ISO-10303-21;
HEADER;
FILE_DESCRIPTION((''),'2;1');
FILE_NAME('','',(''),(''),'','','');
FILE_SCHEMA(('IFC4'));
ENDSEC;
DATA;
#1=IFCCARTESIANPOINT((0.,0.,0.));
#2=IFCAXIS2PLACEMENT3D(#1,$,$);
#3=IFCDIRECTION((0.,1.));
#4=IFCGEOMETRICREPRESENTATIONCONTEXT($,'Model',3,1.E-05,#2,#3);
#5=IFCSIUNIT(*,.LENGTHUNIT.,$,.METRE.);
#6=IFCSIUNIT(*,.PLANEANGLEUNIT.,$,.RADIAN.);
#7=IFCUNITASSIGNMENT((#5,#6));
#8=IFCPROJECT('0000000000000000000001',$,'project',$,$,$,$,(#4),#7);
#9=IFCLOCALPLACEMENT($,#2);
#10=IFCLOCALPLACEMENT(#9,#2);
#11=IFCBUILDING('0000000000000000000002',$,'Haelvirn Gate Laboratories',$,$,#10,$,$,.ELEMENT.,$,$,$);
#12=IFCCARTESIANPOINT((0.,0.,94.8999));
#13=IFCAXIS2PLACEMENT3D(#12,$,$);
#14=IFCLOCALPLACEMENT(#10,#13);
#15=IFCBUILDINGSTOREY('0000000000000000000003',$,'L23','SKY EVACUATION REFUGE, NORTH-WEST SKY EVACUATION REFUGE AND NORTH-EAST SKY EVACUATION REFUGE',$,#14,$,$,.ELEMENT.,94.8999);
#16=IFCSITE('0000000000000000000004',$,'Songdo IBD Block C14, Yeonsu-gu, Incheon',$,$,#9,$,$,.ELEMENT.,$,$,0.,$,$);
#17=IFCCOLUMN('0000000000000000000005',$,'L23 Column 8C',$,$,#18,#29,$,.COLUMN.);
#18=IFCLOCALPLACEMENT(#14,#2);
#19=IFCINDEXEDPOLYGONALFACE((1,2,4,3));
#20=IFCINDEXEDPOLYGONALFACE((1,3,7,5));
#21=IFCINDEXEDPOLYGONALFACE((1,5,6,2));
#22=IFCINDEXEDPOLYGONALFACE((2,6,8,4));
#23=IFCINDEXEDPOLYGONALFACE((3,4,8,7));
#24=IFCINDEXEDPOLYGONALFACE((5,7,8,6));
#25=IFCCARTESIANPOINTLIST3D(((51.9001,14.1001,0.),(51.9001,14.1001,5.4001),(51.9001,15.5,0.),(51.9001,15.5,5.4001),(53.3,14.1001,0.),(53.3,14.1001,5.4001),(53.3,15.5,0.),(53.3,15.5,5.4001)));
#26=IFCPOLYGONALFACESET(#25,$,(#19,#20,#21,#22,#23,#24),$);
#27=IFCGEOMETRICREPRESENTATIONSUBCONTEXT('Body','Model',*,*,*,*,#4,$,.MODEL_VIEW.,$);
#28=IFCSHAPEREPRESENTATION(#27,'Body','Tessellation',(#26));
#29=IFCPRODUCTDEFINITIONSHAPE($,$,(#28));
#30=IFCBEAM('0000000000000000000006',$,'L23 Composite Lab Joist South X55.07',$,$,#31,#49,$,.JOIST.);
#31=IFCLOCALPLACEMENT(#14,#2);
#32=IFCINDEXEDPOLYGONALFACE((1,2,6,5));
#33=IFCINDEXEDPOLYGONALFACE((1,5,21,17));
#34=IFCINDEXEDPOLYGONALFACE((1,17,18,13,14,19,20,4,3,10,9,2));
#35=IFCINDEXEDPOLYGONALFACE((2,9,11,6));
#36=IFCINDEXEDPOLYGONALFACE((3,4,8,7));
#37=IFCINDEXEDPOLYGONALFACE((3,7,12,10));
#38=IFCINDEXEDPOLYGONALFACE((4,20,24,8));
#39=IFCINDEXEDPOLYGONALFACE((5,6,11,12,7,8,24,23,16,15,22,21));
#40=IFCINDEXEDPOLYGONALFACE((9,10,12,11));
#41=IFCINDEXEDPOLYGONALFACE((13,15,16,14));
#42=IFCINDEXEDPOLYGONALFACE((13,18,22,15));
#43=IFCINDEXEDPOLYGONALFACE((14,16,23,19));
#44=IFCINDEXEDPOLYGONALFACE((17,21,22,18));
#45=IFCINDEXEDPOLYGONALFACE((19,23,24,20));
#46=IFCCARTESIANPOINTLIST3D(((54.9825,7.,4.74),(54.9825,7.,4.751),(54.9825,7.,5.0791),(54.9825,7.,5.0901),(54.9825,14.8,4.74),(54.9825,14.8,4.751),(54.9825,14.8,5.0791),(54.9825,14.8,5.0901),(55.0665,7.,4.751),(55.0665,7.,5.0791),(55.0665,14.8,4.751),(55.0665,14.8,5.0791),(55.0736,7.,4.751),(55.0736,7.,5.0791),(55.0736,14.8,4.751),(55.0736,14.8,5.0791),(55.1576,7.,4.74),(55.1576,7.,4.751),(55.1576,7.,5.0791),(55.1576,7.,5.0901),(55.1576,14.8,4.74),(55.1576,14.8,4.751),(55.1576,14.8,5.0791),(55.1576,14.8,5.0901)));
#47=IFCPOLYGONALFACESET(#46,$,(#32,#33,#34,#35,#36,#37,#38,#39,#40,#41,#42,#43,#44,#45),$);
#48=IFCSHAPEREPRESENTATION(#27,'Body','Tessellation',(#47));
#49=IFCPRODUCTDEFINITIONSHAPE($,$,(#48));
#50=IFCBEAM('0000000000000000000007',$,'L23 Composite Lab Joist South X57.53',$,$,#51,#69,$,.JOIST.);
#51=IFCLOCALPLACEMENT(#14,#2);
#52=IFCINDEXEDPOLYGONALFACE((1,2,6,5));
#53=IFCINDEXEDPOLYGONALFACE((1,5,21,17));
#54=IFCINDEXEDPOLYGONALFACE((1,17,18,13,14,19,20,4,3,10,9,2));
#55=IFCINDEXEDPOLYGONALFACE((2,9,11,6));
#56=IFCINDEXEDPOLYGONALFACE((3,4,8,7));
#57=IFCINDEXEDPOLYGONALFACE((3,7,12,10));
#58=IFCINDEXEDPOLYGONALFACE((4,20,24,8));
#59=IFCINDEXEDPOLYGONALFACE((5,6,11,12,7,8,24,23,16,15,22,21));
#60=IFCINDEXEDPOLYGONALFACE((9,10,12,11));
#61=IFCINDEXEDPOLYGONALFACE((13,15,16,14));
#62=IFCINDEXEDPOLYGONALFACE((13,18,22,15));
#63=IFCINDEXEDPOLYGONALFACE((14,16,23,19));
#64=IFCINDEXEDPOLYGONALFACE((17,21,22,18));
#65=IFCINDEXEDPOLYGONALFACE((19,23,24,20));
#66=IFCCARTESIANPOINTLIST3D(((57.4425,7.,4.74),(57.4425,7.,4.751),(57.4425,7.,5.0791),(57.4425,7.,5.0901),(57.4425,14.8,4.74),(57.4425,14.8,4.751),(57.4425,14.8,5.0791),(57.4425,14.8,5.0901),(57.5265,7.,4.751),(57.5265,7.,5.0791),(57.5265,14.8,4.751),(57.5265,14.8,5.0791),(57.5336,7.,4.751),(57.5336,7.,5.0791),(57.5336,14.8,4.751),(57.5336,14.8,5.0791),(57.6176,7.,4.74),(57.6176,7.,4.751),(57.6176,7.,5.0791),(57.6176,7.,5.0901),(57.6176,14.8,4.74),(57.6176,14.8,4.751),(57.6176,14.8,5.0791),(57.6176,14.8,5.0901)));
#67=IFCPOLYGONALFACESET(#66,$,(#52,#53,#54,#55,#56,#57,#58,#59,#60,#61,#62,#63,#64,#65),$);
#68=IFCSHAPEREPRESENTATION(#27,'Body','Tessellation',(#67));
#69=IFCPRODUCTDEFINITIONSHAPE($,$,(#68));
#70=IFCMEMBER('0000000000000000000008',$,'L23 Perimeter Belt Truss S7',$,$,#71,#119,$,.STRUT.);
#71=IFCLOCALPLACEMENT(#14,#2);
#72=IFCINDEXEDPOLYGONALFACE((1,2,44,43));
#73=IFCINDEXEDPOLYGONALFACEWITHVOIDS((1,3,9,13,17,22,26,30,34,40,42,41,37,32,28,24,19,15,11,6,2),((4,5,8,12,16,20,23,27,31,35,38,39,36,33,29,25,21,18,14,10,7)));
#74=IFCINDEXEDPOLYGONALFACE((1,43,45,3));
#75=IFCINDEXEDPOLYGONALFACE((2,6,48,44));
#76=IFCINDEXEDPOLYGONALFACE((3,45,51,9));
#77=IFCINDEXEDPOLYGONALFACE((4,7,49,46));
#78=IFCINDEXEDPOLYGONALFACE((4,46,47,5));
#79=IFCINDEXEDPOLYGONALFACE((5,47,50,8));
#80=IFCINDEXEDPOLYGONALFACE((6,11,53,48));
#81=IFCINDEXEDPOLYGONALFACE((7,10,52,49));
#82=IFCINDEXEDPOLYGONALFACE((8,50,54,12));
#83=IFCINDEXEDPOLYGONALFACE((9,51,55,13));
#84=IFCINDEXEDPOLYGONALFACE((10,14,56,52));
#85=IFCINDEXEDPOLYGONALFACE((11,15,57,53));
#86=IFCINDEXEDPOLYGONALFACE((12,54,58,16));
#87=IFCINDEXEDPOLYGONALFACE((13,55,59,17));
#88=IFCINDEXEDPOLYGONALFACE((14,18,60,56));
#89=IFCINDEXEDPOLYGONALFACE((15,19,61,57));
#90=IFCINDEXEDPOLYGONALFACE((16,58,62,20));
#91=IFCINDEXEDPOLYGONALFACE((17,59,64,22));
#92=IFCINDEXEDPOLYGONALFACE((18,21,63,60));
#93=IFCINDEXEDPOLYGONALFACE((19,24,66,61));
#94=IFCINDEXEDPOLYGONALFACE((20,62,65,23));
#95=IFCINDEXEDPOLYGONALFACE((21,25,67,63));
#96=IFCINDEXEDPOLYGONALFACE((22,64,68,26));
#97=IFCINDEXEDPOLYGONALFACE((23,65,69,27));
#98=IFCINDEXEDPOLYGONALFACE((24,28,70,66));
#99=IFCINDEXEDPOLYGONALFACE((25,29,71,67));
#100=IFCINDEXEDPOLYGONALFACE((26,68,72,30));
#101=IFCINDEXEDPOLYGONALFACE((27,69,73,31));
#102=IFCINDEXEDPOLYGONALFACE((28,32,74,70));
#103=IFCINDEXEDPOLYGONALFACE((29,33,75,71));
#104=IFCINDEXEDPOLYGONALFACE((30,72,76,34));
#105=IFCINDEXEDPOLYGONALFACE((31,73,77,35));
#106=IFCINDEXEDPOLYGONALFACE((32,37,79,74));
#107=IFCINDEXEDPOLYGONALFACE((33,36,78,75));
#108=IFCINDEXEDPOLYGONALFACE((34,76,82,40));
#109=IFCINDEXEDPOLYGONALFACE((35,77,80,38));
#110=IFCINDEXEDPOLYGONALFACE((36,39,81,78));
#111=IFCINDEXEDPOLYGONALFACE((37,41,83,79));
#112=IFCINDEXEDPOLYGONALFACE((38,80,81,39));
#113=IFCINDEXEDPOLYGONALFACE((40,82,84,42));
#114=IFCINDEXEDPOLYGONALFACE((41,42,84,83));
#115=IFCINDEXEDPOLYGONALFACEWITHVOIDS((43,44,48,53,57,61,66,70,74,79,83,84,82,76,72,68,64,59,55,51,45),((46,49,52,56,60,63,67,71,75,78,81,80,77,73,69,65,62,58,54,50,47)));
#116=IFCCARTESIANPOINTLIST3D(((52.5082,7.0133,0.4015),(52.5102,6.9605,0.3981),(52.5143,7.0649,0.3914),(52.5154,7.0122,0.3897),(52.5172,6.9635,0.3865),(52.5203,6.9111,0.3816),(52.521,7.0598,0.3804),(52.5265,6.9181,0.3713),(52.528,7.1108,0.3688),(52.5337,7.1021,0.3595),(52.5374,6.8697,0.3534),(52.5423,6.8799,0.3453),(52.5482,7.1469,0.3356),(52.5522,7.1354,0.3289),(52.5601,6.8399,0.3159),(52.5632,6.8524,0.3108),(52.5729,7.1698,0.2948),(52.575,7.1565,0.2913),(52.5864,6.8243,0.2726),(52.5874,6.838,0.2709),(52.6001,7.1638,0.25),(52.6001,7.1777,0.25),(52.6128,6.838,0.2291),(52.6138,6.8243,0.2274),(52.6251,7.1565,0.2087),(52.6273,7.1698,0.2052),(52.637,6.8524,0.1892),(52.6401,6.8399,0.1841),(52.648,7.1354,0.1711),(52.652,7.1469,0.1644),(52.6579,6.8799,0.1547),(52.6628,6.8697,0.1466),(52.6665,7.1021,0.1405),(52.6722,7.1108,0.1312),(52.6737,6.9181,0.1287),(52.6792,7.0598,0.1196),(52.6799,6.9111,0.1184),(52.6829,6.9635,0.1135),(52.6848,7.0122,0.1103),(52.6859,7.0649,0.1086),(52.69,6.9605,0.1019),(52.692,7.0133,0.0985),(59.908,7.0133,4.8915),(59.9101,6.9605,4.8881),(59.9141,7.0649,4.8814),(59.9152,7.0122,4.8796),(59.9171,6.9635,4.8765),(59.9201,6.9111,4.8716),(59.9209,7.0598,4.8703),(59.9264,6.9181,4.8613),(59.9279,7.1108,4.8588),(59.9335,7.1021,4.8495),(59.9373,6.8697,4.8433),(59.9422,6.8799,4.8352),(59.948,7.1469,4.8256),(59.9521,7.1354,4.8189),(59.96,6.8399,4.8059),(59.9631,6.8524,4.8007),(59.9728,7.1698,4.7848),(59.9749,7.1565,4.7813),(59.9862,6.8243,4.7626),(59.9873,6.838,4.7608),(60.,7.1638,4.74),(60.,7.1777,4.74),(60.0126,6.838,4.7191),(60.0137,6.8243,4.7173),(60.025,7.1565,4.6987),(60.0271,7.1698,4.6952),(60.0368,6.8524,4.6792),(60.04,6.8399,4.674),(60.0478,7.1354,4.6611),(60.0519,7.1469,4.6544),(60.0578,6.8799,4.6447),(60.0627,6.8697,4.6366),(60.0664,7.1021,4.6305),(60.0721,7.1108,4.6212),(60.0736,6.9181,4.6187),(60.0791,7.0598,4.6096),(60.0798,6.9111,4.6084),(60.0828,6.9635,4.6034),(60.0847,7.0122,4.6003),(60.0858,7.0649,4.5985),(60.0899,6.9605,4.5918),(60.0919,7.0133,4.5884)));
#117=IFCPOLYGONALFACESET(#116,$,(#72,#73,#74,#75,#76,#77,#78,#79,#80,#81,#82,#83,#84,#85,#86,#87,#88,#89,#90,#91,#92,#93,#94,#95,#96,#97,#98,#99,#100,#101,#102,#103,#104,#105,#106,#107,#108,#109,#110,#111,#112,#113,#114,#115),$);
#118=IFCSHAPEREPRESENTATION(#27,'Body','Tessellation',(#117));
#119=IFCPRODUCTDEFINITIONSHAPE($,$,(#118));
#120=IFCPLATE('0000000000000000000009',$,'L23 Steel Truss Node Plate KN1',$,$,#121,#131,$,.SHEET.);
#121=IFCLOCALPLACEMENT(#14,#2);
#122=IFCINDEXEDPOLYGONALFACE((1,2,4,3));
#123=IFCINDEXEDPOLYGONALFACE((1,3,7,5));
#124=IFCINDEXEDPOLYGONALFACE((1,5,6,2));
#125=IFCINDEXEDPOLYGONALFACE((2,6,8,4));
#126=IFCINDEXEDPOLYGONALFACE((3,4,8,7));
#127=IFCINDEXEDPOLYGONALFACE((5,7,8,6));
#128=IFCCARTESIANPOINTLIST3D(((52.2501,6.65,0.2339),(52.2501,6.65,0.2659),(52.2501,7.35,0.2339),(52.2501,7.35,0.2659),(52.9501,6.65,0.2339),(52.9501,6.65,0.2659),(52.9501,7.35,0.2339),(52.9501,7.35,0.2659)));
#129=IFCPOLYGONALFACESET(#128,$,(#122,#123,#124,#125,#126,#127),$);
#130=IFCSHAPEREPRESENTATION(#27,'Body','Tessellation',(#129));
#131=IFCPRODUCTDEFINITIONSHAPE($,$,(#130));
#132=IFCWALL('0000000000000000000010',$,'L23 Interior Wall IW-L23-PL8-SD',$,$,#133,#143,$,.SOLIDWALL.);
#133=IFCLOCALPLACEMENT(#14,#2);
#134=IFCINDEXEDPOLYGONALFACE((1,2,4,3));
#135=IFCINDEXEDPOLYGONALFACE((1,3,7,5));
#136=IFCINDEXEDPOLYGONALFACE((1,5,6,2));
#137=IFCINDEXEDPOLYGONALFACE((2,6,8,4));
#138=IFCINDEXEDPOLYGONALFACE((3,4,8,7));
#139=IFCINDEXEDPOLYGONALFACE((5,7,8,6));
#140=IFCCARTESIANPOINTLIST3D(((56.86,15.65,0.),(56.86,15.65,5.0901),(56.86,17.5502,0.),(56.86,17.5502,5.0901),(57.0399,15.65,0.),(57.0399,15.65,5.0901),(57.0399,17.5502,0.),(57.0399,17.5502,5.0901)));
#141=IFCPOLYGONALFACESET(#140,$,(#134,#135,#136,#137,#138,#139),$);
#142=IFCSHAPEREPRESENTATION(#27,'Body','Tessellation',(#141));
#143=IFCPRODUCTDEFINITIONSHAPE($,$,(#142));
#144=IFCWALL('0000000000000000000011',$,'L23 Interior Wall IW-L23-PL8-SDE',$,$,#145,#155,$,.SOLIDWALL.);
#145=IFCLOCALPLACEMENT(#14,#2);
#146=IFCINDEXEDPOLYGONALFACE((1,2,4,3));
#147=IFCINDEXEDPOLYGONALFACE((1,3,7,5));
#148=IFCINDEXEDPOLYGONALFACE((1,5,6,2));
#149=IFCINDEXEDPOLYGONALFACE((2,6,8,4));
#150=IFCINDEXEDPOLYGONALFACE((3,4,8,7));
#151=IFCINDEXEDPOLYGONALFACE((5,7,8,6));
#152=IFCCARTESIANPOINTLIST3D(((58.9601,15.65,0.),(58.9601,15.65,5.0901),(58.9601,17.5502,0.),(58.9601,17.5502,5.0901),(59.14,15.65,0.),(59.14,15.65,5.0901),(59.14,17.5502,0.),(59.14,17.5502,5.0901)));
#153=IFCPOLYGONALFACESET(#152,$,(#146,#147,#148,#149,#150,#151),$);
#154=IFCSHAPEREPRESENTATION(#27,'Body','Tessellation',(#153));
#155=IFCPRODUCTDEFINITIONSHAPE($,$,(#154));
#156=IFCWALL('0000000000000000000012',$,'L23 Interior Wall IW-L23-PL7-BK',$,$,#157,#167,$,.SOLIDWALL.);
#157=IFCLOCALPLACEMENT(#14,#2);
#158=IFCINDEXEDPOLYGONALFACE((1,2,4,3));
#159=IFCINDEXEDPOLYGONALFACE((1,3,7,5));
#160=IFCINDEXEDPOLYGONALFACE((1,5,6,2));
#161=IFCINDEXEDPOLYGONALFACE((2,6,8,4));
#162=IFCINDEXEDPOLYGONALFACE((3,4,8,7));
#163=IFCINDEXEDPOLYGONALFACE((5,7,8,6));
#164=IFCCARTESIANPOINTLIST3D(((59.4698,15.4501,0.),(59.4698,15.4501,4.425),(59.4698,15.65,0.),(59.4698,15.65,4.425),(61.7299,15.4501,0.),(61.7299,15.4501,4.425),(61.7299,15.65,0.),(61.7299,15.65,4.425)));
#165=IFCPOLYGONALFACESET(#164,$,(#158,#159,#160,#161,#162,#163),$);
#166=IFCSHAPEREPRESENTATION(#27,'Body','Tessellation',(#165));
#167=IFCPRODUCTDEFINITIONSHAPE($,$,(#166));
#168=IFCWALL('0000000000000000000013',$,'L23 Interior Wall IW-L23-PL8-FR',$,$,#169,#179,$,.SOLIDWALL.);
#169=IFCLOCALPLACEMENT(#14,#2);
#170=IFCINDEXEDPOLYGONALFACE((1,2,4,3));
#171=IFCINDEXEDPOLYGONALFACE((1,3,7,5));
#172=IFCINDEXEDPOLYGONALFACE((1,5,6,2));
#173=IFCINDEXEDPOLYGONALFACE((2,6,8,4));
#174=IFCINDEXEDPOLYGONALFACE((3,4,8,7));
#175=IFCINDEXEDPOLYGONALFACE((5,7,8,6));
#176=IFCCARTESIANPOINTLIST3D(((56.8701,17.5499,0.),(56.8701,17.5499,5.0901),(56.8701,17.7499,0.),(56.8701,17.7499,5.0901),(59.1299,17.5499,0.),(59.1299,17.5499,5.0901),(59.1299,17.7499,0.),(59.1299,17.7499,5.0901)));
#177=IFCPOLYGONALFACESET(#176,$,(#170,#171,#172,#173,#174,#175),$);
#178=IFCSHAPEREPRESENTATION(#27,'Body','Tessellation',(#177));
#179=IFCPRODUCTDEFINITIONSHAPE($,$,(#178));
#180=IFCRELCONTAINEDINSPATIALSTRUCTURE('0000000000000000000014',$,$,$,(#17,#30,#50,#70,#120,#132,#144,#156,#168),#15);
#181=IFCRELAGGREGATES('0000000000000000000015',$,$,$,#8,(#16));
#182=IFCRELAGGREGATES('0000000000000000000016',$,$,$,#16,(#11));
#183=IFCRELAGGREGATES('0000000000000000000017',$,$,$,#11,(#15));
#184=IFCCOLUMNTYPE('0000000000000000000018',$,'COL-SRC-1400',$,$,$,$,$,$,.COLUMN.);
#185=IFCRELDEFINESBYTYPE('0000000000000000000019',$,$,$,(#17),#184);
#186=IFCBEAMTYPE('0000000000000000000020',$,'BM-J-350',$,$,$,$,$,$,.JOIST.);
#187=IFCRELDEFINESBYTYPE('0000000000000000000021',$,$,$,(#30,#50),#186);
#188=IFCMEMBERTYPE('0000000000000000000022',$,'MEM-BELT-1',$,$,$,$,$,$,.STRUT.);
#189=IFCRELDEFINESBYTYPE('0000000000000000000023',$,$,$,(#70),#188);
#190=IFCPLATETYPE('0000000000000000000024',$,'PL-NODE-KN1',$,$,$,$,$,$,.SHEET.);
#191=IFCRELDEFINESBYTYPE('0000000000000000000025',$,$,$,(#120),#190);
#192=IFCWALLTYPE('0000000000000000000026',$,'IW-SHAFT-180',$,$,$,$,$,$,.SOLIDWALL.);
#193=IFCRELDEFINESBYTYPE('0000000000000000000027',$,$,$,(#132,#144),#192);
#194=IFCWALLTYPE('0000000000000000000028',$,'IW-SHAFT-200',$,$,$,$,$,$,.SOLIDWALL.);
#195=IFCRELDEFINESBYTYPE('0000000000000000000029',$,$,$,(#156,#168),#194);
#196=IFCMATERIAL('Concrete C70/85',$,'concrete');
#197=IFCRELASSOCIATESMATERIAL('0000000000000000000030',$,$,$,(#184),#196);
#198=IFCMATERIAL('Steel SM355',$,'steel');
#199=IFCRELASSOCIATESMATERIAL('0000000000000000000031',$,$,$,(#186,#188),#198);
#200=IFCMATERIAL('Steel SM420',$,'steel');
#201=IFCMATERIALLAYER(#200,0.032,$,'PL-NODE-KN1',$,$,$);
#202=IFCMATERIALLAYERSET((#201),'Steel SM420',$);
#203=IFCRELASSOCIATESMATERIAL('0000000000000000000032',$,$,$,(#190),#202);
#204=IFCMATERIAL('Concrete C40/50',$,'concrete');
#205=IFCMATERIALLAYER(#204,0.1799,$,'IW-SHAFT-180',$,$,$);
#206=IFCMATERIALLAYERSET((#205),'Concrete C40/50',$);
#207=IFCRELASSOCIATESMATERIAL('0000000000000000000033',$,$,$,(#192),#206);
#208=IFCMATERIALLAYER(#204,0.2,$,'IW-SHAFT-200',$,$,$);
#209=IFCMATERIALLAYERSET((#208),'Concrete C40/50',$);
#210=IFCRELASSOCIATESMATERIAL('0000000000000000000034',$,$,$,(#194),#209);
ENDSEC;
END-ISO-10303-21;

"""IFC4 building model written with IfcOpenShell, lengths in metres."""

from ifc_helpers import new_model, si_unit, direction, frame, frame_2d, origin, origin_2d, place, context, subcontext, project, spatial, rectangle, hollow_circle, i_section, extrude, source, transform, mapped, material, layer, layer_set, material_profile, profile_set, type_object, type_shapes, element, save


model = new_model("IFC4")

# Units and contexts
model_context = context("Model", 3, precision=1e-05, world=origin(), true_north=direction((0.0, 1.0)))
body_context = subcontext(model_context, "Body", "Model", "MODEL_VIEW")
ifc_project = project(units=[si_unit("LENGTHUNIT", "METRE"), si_unit("PLANEANGLEUNIT", "RADIAN")], contexts=[model_context])

# Site, building, storey
site_placement = place(None, origin())
site = spatial("IfcSite", under=ifc_project, at=site_placement, Name="Songdo IBD Block C14, Yeonsu-gu, Incheon", CompositionType="ELEMENT", RefElevation=0.0)
building_placement = place(site_placement, origin())
building = spatial("IfcBuilding", under=site, at=building_placement, Name="Haelvirn Gate Laboratories", CompositionType="ELEMENT")
storey_placement = place(building_placement, frame((0.0, 0.0, 94.8999)))
storey = spatial("IfcBuildingStorey", under=building, at=storey_placement, Name="L23", Description="SKY EVACUATION REFUGE, NORTH-WEST SKY EVACUATION REFUGE AND NORTH-EAST SKY EVACUATION REFUGE", CompositionType="ELEMENT", Elevation=94.8999)

# Column
ifc_material_1 = material(Name="Concrete C70/85", Category="concrete")
ifc_material_profile_1 = material_profile(ifc_material_1, rectangle(XDim=1.3999, YDim=1.3999, at=origin_2d()), Name="SRC-1400x1400")
ifc_profile_set_1 = profile_set([ifc_material_profile_1], Name="Concrete C70/85")
column_type = type_object("IfcColumnType", Name="COL-SRC-1400", PredefinedType="COLUMN", material=ifc_profile_set_1)
shared_shape_1 = source(origin(), body_context, "Body", "SweptSolid", [
    extrude(rectangle(XDim=1.3999, YDim=1.3999, at=origin_2d()), origin(), (0.0, 0.0, 1.0), 5.4001),
])
type_shapes(column_type, [shared_shape_1])
column_placement = place(storey_placement, frame((52.6001, 14.8, 0.0), z_axis=(0.0, 0.0, 1.0), x_axis=(1.0, 0.0, 0.0)))
element("IfcColumn", 1, at=column_placement, inside=storey, type_object=column_type, Name="L23 Column 8C", PredefinedType="COLUMN", context=body_context, shape_type="MappedRepresentation", body=[
    mapped(shared_shape_1, transform((0.0, 0.0, 0.0), scale=1.0)),
])

# Beams
ifc_material_2 = material(Name="Steel SM355", Category="steel")
ifc_material_profile_2 = material_profile(ifc_material_2, i_section(OverallWidth=0.175, OverallDepth=0.3501, WebThickness=0.0071, FlangeThickness=0.011, at=origin_2d()), Name="H-350x175x7x11")
ifc_profile_set_2 = profile_set([ifc_material_profile_2], Name="Steel SM355")
beam_type = type_object("IfcBeamType", Name="BM-J-350", PredefinedType="JOIST", material=ifc_profile_set_2)
shared_shape_2 = source(origin(), body_context, "Body", "SweptSolid", [
    extrude(i_section(OverallWidth=0.175, OverallDepth=0.3501, WebThickness=0.0071, FlangeThickness=0.011, at=origin_2d()), origin(), (0.0, 0.0, 1.0), 7.8),
])
type_shapes(beam_type, [shared_shape_2])
for number, where, z_axis, x_axis, name in (
    (2, (55.0701, 7.0, 4.915), (0.0, 1.0, 0.0), (-1.0, 0.0, 0.0), "L23 Composite Lab Joist South X55.07"),
    (3, (57.53, 7.0, 4.915), (0.0, 1.0, 0.0), (-1.0, 0.0, 0.0), "L23 Composite Lab Joist South X57.53"),
):
    element("IfcBeam", number, at=place(storey_placement, frame(where, z_axis=z_axis, x_axis=x_axis)), inside=storey, type_object=beam_type, Name=name, PredefinedType="JOIST", context=body_context, shape_type="MappedRepresentation", body=[
        mapped(shared_shape_2, transform((0.0, 0.0, 0.0), scale=1.0)),
    ])

# Member
ifc_material_profile_3 = material_profile(ifc_material_2, hollow_circle(Radius=0.1777, WallThickness=0.0139, at=origin_2d()), Name="CHS-355x14")
ifc_profile_set_3 = profile_set([ifc_material_profile_3], Name="Steel SM355")
member_type = type_object("IfcMemberType", Name="MEM-BELT-1", PredefinedType="STRUT", material=ifc_profile_set_3)
shared_shape_3 = source(origin(), body_context, "Body", "SweptSolid", [
    extrude(hollow_circle(Radius=0.1777, WallThickness=0.0139, at=origin_2d()), origin(), (0.0, 0.0, 1.0), 8.6555),
])
type_shapes(member_type, [shared_shape_3])
member_placement = place(storey_placement, frame((52.6001, 7.0, 0.25), z_axis=(0.854931, 0.0, 0.518741), x_axis=(0.0, 1.0, 0.0)))
element("IfcMember", 4, at=member_placement, inside=storey, type_object=member_type, Name="L23 Perimeter Belt Truss S7", PredefinedType="STRUT", context=body_context, shape_type="MappedRepresentation", body=[
    mapped(shared_shape_3, transform((0.0, 0.0, 0.0), scale=1.0)),
])

# Plate
ifc_material_3 = material(Name="Steel SM420", Category="steel")
ifc_layer_1 = layer(ifc_material_3, 0.032, Name="PL-NODE-KN1")
ifc_layer_set_1 = layer_set([ifc_layer_1], Name="Steel SM420")
plate_type = type_object("IfcPlateType", Name="PL-NODE-KN1", PredefinedType="SHEET", material=ifc_layer_set_1)
shared_shape_4 = source(origin(), body_context, "Body", "SweptSolid", [
    extrude(rectangle(XDim=0.7, YDim=0.7, at=origin_2d()), origin(), (0.0, 0.0, 1.0), 0.032),
])
type_shapes(plate_type, [shared_shape_4])
plate_placement = place(storey_placement, frame((52.6001, 7.0, 0.2339), z_axis=(0.0, 0.0, 1.0), x_axis=(1.0, 0.0, 0.0)))
element("IfcPlate", 5, at=plate_placement, inside=storey, type_object=plate_type, Name="L23 Steel Truss Node Plate KN1", PredefinedType="SHEET", context=body_context, shape_type="MappedRepresentation", body=[
    mapped(shared_shape_4, transform((0.0, 0.0, 0.0), scale=1.0)),
])

# Walls
ifc_material_4 = material(Name="Concrete C40/50", Category="concrete")
ifc_layer_2 = layer(ifc_material_4, 0.1799, Name="IW-SHAFT-180")
ifc_layer_set_2 = layer_set([ifc_layer_2], Name="Concrete C40/50")
wall_type_1 = type_object("IfcWallType", Name="IW-SHAFT-180", PredefinedType="SOLIDWALL", material=ifc_layer_set_2)
for number, where, z_axis, x_axis, name in (
    (6, (56.95, 15.6499, 0.0), (0.0, 0.0, 1.0), (0.0, 1.0, 0.0), "L23 Interior Wall IW-L23-PL8-SD"),
    (7, (59.05, 15.6499, 0.0), (0.0, 0.0, 1.0), (0.0, 1.0, 0.0), "L23 Interior Wall IW-L23-PL8-SDE"),
):
    element("IfcWall", number, at=place(storey_placement, frame(where, z_axis=z_axis, x_axis=x_axis)), inside=storey, type_object=wall_type_1, Name=name, PredefinedType="SOLIDWALL", context=body_context, shape_type="SweptSolid", body=[
        extrude(rectangle(XDim=1.9001, YDim=0.1799, at=frame_2d((0.9502, 0.0))), origin(), (0.0, 0.0, 1.0), 5.0901),
    ])
ifc_layer_3 = layer(ifc_material_4, 0.2, Name="IW-SHAFT-200")
ifc_layer_set_3 = layer_set([ifc_layer_3], Name="Concrete C40/50")
wall_type_2 = type_object("IfcWallType", Name="IW-SHAFT-200", PredefinedType="SOLIDWALL", material=ifc_layer_set_3)
wall_1_placement = place(storey_placement, frame((59.47, 15.55, 0.0), z_axis=(0.0, 0.0, 1.0), x_axis=(1.0, 0.0, 0.0)))
element("IfcWall", 8, at=wall_1_placement, inside=storey, type_object=wall_type_2, Name="L23 Interior Wall IW-L23-PL7-BK", PredefinedType="SOLIDWALL", context=body_context, shape_type="SweptSolid", body=[
    extrude(rectangle(XDim=2.26, YDim=0.2, at=frame_2d((1.1299, 0.0))), origin(), (0.0, 0.0, 1.0), 4.425),
])
for number, where, z_axis, x_axis, name in (
    (9, (56.8701, 17.6499, 0.0), (0.0, 0.0, 1.0), (1.0, 0.0, 0.0), "L23 Interior Wall IW-L23-PL8-FR"),
):
    element("IfcWall", number, at=place(storey_placement, frame(where, z_axis=z_axis, x_axis=x_axis)), inside=storey, type_object=wall_type_2, Name=name, PredefinedType="SOLIDWALL", context=body_context, shape_type="SweptSolid", body=[
        extrude(rectangle(XDim=2.2598, YDim=0.2, at=frame_2d((1.1299, 0.0))), origin(), (0.0, 0.0, 1.0), 5.0901),
    ])

save(model, "model.ifc")
